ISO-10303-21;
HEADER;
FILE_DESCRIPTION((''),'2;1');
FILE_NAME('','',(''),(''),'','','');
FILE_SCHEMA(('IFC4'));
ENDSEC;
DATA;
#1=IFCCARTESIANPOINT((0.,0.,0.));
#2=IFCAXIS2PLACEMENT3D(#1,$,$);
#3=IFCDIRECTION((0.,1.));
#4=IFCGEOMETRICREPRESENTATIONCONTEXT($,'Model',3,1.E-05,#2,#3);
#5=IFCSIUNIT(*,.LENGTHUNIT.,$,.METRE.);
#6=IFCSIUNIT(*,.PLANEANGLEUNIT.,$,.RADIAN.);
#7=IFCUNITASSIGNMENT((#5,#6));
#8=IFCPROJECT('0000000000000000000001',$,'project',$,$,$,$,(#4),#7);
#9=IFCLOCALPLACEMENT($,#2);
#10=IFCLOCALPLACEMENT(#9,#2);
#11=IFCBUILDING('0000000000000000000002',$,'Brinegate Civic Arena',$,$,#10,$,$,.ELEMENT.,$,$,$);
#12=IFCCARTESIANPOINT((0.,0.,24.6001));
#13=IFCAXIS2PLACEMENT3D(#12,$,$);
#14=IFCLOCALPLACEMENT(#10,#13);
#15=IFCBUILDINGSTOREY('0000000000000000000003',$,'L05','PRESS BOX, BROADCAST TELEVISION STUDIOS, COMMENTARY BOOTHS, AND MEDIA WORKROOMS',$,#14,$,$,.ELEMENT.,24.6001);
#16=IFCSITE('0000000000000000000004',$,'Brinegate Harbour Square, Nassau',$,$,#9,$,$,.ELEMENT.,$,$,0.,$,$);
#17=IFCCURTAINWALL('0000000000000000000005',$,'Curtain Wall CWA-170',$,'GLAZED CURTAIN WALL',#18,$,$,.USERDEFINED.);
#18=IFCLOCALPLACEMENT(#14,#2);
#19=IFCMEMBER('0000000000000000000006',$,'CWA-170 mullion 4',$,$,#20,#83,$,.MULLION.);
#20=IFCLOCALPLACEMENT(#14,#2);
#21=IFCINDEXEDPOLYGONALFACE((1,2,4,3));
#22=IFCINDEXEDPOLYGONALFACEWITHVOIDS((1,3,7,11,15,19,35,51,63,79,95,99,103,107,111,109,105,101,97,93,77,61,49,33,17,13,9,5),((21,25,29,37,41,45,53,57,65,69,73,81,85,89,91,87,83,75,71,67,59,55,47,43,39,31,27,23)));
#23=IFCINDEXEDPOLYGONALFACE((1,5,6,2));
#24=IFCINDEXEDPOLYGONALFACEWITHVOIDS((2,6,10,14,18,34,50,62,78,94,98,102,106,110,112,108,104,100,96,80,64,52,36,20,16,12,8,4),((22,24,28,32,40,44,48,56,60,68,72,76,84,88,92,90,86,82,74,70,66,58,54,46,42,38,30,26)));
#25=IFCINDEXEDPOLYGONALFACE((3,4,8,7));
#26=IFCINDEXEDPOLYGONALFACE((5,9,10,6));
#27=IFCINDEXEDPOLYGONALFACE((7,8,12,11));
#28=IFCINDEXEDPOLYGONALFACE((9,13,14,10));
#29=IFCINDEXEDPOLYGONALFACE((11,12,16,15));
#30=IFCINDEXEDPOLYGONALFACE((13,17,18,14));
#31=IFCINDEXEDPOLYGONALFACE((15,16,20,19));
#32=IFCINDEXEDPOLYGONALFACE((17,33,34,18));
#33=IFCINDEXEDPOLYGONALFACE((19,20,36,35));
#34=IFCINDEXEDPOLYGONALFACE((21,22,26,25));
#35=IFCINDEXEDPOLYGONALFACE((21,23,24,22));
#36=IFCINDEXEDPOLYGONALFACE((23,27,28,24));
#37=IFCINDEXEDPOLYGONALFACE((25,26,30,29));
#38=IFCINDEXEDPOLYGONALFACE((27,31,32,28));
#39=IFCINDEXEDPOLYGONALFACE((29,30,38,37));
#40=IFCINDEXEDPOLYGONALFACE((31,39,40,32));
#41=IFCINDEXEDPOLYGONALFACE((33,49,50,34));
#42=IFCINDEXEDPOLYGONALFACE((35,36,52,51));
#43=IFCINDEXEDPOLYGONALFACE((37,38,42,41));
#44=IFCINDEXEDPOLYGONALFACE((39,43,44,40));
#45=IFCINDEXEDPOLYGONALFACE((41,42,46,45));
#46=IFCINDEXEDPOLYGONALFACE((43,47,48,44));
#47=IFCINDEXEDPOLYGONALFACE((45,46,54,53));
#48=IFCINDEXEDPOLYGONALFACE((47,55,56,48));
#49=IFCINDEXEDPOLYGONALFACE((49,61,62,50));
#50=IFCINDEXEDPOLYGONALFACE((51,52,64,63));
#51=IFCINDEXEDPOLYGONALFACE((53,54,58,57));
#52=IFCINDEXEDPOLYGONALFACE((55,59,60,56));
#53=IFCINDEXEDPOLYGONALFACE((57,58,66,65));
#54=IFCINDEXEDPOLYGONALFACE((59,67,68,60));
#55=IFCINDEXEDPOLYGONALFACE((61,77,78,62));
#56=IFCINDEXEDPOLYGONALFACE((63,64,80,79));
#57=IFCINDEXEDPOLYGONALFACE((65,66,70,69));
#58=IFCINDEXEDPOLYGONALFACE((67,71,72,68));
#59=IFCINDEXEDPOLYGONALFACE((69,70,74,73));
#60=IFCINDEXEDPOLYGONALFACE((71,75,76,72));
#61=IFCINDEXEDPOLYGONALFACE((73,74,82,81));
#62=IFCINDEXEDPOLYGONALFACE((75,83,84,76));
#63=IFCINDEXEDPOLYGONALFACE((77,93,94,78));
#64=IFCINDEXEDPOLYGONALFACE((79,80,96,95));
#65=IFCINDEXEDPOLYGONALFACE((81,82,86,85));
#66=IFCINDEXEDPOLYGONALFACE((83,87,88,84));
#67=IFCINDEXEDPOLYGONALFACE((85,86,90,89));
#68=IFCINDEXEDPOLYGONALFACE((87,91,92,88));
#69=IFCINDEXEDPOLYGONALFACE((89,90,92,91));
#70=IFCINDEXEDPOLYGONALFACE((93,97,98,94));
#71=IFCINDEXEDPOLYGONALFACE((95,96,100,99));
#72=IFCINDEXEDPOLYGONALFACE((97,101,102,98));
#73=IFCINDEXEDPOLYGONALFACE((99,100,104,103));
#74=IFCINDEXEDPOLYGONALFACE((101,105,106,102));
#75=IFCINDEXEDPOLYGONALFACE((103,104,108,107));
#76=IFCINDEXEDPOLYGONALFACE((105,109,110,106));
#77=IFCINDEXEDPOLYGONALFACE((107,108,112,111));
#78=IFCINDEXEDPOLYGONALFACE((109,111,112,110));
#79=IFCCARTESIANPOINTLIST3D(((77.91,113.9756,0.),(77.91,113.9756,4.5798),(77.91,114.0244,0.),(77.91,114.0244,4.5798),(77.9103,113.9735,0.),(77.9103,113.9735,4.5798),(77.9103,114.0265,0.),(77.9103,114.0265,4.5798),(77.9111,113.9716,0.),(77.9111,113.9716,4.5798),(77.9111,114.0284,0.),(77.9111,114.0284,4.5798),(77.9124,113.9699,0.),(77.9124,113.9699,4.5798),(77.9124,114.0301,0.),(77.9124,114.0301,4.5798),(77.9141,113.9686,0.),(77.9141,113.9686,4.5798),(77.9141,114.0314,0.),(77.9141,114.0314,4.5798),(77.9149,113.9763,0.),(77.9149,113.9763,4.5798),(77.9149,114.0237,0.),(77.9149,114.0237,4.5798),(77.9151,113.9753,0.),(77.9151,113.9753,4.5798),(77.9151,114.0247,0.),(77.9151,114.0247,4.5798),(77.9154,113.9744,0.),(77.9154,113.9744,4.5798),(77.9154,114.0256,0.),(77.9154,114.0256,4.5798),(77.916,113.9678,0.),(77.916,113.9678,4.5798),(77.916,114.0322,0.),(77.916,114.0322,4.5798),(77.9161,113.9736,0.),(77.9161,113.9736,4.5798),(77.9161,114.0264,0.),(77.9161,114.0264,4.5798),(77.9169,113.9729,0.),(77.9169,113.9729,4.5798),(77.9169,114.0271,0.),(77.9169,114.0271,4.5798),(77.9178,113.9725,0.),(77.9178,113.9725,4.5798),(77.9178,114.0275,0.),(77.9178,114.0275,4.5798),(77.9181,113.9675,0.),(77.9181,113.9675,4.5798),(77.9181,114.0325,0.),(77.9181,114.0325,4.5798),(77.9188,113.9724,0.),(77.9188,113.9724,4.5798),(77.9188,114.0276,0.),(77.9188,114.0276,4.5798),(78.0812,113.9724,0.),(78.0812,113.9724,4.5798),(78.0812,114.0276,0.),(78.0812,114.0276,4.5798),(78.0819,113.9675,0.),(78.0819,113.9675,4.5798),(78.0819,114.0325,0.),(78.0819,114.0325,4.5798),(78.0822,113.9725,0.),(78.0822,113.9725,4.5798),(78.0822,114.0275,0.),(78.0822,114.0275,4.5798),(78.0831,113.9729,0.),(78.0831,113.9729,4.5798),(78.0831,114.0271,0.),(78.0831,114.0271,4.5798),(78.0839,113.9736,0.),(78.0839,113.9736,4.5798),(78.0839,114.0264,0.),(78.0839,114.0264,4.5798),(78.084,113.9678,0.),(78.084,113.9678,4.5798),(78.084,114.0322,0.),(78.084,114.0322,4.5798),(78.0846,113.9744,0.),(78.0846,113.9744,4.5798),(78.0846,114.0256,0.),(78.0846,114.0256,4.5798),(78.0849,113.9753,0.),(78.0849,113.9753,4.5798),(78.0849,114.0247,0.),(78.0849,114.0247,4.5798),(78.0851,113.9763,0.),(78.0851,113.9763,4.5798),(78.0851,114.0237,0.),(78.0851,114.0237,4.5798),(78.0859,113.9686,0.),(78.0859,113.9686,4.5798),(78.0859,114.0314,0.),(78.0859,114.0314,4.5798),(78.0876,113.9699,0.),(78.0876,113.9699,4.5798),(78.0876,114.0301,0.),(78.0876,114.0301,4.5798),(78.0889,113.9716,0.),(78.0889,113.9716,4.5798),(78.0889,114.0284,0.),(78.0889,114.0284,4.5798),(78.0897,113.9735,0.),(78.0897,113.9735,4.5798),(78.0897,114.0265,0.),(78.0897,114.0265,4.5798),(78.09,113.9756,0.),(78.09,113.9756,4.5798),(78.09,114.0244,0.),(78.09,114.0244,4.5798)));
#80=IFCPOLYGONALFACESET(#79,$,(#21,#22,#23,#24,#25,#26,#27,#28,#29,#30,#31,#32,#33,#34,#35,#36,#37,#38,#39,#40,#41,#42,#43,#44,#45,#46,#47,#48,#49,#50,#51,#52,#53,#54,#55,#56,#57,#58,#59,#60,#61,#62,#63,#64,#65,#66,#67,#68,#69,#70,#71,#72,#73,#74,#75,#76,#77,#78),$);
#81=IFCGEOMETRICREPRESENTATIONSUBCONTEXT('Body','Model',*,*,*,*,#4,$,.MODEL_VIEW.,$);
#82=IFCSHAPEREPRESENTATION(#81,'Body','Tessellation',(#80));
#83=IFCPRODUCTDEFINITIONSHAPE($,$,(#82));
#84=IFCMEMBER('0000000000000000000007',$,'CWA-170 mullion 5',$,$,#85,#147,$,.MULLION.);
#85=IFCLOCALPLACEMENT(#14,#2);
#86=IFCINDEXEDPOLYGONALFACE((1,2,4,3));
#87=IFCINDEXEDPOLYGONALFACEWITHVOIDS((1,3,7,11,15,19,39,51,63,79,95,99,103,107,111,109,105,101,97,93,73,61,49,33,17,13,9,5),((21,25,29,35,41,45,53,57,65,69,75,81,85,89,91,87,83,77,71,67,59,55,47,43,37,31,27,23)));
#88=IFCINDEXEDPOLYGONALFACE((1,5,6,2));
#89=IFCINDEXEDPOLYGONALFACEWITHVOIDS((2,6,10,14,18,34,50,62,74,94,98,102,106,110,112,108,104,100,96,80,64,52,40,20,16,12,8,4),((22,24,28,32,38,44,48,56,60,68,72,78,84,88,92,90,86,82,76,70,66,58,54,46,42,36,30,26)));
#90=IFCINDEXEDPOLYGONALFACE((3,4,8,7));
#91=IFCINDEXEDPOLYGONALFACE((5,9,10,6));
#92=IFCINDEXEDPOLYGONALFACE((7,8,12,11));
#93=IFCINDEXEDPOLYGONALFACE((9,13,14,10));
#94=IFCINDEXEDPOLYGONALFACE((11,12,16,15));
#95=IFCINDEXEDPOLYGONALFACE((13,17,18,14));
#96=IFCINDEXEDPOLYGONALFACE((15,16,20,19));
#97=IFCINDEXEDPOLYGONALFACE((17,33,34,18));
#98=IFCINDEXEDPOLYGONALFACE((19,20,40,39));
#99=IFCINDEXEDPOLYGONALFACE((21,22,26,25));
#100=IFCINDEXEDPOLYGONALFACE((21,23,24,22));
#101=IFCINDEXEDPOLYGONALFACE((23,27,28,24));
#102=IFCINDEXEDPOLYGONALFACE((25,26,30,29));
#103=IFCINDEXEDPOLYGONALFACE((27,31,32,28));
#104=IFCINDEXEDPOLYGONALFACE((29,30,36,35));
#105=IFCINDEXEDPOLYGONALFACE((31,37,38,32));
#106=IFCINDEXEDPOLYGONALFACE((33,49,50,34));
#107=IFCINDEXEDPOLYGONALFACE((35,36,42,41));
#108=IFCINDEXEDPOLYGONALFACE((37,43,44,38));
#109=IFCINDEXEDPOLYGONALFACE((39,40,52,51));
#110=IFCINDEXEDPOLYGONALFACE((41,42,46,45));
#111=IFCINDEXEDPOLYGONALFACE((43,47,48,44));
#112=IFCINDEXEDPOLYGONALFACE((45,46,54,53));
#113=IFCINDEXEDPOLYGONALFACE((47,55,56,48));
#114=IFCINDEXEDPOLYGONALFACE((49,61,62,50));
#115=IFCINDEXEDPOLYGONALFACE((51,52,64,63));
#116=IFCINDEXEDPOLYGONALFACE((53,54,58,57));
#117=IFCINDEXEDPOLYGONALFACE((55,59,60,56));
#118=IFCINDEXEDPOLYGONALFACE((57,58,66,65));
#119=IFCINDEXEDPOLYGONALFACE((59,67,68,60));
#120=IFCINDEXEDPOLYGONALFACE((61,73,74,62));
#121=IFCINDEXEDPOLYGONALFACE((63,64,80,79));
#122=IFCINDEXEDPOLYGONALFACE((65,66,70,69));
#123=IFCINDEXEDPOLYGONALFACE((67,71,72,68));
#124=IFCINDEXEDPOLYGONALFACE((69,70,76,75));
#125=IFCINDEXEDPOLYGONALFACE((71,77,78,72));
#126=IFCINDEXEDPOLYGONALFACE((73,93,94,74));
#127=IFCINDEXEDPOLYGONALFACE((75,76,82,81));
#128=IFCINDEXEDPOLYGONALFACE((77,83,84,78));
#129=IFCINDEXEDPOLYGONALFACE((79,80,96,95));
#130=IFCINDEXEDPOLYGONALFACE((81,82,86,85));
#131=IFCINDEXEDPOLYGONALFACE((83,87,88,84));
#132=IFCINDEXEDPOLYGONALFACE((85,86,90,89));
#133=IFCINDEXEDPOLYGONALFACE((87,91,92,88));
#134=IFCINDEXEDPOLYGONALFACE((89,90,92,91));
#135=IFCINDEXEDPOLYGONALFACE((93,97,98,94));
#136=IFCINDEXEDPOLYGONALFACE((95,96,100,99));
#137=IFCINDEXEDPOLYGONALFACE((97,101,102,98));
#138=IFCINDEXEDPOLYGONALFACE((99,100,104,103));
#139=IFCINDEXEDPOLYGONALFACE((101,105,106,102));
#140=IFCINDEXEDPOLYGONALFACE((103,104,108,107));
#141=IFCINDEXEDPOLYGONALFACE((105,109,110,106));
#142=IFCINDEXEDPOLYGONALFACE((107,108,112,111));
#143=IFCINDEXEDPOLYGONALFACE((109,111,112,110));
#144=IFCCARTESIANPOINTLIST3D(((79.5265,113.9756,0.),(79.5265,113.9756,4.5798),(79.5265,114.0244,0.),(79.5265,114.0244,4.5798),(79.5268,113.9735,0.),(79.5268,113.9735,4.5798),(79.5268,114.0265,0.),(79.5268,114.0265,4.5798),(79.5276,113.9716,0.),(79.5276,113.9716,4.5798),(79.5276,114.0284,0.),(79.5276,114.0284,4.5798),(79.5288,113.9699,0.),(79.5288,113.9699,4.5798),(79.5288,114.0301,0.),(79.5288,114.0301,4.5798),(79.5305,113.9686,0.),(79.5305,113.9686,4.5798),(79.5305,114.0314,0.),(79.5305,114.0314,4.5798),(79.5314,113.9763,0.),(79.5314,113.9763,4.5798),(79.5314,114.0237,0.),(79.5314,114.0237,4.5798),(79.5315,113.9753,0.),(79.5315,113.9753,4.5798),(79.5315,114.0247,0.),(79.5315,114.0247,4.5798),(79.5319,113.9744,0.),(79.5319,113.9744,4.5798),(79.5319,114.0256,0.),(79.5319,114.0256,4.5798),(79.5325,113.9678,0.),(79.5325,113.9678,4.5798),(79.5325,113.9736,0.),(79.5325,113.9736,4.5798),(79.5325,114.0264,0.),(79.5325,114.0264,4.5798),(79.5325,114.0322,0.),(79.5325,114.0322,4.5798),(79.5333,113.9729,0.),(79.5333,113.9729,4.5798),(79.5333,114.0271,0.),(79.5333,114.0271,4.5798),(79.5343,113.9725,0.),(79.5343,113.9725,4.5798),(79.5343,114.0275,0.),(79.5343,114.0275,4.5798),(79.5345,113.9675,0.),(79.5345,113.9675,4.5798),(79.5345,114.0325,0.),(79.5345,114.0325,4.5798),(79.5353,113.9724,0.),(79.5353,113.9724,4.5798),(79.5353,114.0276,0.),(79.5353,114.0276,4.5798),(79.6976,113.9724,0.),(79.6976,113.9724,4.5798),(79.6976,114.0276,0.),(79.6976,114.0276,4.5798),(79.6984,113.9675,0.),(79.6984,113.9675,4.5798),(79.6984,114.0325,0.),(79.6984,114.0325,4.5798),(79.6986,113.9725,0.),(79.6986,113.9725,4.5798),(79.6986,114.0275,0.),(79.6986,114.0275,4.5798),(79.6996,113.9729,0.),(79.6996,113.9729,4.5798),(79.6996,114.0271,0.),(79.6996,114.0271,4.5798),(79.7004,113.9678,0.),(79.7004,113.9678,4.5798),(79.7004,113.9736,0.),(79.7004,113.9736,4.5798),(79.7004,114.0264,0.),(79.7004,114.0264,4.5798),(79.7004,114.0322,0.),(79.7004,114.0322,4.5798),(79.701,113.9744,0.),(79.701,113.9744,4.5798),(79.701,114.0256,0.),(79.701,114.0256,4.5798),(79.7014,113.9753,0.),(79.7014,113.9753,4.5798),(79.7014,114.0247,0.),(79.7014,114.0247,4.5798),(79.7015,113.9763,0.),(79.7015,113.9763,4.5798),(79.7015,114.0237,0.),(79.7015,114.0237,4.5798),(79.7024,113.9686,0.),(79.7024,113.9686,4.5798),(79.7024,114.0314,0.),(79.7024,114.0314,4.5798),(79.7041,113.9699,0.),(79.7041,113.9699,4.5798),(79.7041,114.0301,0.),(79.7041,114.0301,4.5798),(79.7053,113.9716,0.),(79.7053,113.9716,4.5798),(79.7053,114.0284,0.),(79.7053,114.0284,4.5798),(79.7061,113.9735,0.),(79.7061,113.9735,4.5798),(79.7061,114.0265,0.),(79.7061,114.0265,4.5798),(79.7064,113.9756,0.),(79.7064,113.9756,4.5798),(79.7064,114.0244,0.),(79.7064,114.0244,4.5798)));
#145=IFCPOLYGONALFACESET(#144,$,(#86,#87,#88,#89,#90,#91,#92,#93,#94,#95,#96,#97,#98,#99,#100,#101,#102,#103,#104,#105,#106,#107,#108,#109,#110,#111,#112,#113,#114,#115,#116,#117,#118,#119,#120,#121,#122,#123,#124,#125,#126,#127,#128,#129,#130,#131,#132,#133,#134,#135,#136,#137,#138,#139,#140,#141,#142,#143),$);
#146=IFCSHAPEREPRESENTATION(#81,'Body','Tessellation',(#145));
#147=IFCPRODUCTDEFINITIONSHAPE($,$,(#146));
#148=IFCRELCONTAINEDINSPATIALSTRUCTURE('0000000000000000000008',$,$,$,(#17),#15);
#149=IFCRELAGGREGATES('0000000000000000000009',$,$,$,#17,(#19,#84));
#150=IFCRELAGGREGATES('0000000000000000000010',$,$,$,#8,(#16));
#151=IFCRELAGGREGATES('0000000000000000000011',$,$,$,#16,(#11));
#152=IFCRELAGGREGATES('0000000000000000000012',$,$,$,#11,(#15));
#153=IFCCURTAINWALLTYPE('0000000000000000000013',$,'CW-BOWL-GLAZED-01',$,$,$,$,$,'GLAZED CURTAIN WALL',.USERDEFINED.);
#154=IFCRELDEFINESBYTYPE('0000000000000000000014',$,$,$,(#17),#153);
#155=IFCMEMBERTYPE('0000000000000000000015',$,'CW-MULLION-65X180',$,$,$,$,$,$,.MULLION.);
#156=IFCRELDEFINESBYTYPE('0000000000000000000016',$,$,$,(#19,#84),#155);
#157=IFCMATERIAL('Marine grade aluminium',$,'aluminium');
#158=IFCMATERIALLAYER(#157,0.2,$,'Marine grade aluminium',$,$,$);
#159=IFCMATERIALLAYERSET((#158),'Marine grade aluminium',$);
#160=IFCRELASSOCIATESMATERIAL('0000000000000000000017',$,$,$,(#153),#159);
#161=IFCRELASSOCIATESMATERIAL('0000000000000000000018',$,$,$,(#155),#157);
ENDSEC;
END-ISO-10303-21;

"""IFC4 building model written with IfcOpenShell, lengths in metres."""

from ifc_helpers import new_model, si_unit, direction, frame, origin, origin_2d, place, context, subcontext, project, spatial, hollow_rectangle, extrude, material, layer, layer_set, material_profile, profile_set, type_object, element, aggregate, save


model = new_model("IFC4")

# Units and contexts
model_context = context("Model", 3, precision=1e-05, world=origin(), true_north=direction((0.0, 1.0)))
body_context = subcontext(model_context, "Body", "Model", "MODEL_VIEW")
ifc_project = project(units=[si_unit("LENGTHUNIT", "METRE"), si_unit("PLANEANGLEUNIT", "RADIAN")], contexts=[model_context])

# Site, building, storey
site_placement = place(None, origin())
site = spatial("IfcSite", under=ifc_project, at=site_placement, Name="Brinegate Harbour Square, Nassau", CompositionType="ELEMENT", RefElevation=0.0)
building_placement = place(site_placement, origin())
building = spatial("IfcBuilding", under=site, at=building_placement, Name="Brinegate Civic Arena", CompositionType="ELEMENT")
storey_placement = place(building_placement, frame((0.0, 0.0, 24.6001)))
storey = spatial("IfcBuildingStorey", under=building, at=storey_placement, Name="L05", Description="PRESS BOX, BROADCAST TELEVISION STUDIOS, COMMENTARY BOOTHS, AND MEDIA WORKROOMS", CompositionType="ELEMENT", Elevation=24.6001)

# Curtain wall, members
ifc_material_1 = material(Name="Marine grade aluminium", Category="aluminium")
ifc_layer_1 = layer(ifc_material_1, 0.2, Name="Marine grade aluminium")
ifc_layer_set_1 = layer_set([ifc_layer_1], Name="Marine grade aluminium")
curtain_wall_type = type_object("IfcCurtainWallType", Name="CW-BOWL-GLAZED-01", ElementType="GLAZED CURTAIN WALL", PredefinedType="USERDEFINED", material=ifc_layer_set_1)
curtain_wall_placement = place(storey_placement, origin())
curtain_wall = element("IfcCurtainWall", 1, at=curtain_wall_placement, inside=storey, type_object=curtain_wall_type, Name="Curtain Wall CWA-170", ObjectType="GLAZED CURTAIN WALL", PredefinedType="USERDEFINED")
ifc_material_profile_1 = material_profile(ifc_material_1, hollow_rectangle(XDim=0.0649, YDim=0.1799, WallThickness=0.0049, InnerFilletRadius=0.0039, OuterFilletRadius=0.0081, at=origin_2d()), Name="MUL65X180")
ifc_profile_set_1 = profile_set([ifc_material_profile_1], Name="Marine grade aluminium")
member_type_1 = type_object("IfcMemberType", Name="CW-MULLION-65X180", PredefinedType="MULLION", material=ifc_profile_set_1)
member_1_placement = place(storey_placement, frame((78.0, 114.0, 0.0), z_axis=(0.0, 0.0, 1.0), x_axis=(0.0, 1.0, 0.0)))
member_1 = element("IfcMember", 2, at=member_1_placement, type_object=member_type_1, Name="CWA-170 mullion 4", PredefinedType="MULLION", context=body_context, shape_type="SweptSolid", body=[
    extrude(hollow_rectangle(XDim=0.0649, YDim=0.1799, WallThickness=0.0049, InnerFilletRadius=0.0039, OuterFilletRadius=0.0081, at=origin_2d()), origin(), (0.0, 0.0, 1.0), 4.5798),
])
member_2_placement = place(storey_placement, frame((79.6165, 114.0, 0.0), z_axis=(0.0, 0.0, 1.0), x_axis=(0.0, 1.0, 0.0)))
member_2 = element("IfcMember", 3, at=member_2_placement, type_object=member_type_1, Name="CWA-170 mullion 5", PredefinedType="MULLION", context=body_context, shape_type="SweptSolid", body=[
    extrude(hollow_rectangle(XDim=0.0649, YDim=0.1799, WallThickness=0.0049, InnerFilletRadius=0.0039, OuterFilletRadius=0.0081, at=origin_2d()), origin(), (0.0, 0.0, 1.0), 4.5798),
])
aggregate(curtain_wall, [member_1, member_2])

save(model, "model.ifc")
